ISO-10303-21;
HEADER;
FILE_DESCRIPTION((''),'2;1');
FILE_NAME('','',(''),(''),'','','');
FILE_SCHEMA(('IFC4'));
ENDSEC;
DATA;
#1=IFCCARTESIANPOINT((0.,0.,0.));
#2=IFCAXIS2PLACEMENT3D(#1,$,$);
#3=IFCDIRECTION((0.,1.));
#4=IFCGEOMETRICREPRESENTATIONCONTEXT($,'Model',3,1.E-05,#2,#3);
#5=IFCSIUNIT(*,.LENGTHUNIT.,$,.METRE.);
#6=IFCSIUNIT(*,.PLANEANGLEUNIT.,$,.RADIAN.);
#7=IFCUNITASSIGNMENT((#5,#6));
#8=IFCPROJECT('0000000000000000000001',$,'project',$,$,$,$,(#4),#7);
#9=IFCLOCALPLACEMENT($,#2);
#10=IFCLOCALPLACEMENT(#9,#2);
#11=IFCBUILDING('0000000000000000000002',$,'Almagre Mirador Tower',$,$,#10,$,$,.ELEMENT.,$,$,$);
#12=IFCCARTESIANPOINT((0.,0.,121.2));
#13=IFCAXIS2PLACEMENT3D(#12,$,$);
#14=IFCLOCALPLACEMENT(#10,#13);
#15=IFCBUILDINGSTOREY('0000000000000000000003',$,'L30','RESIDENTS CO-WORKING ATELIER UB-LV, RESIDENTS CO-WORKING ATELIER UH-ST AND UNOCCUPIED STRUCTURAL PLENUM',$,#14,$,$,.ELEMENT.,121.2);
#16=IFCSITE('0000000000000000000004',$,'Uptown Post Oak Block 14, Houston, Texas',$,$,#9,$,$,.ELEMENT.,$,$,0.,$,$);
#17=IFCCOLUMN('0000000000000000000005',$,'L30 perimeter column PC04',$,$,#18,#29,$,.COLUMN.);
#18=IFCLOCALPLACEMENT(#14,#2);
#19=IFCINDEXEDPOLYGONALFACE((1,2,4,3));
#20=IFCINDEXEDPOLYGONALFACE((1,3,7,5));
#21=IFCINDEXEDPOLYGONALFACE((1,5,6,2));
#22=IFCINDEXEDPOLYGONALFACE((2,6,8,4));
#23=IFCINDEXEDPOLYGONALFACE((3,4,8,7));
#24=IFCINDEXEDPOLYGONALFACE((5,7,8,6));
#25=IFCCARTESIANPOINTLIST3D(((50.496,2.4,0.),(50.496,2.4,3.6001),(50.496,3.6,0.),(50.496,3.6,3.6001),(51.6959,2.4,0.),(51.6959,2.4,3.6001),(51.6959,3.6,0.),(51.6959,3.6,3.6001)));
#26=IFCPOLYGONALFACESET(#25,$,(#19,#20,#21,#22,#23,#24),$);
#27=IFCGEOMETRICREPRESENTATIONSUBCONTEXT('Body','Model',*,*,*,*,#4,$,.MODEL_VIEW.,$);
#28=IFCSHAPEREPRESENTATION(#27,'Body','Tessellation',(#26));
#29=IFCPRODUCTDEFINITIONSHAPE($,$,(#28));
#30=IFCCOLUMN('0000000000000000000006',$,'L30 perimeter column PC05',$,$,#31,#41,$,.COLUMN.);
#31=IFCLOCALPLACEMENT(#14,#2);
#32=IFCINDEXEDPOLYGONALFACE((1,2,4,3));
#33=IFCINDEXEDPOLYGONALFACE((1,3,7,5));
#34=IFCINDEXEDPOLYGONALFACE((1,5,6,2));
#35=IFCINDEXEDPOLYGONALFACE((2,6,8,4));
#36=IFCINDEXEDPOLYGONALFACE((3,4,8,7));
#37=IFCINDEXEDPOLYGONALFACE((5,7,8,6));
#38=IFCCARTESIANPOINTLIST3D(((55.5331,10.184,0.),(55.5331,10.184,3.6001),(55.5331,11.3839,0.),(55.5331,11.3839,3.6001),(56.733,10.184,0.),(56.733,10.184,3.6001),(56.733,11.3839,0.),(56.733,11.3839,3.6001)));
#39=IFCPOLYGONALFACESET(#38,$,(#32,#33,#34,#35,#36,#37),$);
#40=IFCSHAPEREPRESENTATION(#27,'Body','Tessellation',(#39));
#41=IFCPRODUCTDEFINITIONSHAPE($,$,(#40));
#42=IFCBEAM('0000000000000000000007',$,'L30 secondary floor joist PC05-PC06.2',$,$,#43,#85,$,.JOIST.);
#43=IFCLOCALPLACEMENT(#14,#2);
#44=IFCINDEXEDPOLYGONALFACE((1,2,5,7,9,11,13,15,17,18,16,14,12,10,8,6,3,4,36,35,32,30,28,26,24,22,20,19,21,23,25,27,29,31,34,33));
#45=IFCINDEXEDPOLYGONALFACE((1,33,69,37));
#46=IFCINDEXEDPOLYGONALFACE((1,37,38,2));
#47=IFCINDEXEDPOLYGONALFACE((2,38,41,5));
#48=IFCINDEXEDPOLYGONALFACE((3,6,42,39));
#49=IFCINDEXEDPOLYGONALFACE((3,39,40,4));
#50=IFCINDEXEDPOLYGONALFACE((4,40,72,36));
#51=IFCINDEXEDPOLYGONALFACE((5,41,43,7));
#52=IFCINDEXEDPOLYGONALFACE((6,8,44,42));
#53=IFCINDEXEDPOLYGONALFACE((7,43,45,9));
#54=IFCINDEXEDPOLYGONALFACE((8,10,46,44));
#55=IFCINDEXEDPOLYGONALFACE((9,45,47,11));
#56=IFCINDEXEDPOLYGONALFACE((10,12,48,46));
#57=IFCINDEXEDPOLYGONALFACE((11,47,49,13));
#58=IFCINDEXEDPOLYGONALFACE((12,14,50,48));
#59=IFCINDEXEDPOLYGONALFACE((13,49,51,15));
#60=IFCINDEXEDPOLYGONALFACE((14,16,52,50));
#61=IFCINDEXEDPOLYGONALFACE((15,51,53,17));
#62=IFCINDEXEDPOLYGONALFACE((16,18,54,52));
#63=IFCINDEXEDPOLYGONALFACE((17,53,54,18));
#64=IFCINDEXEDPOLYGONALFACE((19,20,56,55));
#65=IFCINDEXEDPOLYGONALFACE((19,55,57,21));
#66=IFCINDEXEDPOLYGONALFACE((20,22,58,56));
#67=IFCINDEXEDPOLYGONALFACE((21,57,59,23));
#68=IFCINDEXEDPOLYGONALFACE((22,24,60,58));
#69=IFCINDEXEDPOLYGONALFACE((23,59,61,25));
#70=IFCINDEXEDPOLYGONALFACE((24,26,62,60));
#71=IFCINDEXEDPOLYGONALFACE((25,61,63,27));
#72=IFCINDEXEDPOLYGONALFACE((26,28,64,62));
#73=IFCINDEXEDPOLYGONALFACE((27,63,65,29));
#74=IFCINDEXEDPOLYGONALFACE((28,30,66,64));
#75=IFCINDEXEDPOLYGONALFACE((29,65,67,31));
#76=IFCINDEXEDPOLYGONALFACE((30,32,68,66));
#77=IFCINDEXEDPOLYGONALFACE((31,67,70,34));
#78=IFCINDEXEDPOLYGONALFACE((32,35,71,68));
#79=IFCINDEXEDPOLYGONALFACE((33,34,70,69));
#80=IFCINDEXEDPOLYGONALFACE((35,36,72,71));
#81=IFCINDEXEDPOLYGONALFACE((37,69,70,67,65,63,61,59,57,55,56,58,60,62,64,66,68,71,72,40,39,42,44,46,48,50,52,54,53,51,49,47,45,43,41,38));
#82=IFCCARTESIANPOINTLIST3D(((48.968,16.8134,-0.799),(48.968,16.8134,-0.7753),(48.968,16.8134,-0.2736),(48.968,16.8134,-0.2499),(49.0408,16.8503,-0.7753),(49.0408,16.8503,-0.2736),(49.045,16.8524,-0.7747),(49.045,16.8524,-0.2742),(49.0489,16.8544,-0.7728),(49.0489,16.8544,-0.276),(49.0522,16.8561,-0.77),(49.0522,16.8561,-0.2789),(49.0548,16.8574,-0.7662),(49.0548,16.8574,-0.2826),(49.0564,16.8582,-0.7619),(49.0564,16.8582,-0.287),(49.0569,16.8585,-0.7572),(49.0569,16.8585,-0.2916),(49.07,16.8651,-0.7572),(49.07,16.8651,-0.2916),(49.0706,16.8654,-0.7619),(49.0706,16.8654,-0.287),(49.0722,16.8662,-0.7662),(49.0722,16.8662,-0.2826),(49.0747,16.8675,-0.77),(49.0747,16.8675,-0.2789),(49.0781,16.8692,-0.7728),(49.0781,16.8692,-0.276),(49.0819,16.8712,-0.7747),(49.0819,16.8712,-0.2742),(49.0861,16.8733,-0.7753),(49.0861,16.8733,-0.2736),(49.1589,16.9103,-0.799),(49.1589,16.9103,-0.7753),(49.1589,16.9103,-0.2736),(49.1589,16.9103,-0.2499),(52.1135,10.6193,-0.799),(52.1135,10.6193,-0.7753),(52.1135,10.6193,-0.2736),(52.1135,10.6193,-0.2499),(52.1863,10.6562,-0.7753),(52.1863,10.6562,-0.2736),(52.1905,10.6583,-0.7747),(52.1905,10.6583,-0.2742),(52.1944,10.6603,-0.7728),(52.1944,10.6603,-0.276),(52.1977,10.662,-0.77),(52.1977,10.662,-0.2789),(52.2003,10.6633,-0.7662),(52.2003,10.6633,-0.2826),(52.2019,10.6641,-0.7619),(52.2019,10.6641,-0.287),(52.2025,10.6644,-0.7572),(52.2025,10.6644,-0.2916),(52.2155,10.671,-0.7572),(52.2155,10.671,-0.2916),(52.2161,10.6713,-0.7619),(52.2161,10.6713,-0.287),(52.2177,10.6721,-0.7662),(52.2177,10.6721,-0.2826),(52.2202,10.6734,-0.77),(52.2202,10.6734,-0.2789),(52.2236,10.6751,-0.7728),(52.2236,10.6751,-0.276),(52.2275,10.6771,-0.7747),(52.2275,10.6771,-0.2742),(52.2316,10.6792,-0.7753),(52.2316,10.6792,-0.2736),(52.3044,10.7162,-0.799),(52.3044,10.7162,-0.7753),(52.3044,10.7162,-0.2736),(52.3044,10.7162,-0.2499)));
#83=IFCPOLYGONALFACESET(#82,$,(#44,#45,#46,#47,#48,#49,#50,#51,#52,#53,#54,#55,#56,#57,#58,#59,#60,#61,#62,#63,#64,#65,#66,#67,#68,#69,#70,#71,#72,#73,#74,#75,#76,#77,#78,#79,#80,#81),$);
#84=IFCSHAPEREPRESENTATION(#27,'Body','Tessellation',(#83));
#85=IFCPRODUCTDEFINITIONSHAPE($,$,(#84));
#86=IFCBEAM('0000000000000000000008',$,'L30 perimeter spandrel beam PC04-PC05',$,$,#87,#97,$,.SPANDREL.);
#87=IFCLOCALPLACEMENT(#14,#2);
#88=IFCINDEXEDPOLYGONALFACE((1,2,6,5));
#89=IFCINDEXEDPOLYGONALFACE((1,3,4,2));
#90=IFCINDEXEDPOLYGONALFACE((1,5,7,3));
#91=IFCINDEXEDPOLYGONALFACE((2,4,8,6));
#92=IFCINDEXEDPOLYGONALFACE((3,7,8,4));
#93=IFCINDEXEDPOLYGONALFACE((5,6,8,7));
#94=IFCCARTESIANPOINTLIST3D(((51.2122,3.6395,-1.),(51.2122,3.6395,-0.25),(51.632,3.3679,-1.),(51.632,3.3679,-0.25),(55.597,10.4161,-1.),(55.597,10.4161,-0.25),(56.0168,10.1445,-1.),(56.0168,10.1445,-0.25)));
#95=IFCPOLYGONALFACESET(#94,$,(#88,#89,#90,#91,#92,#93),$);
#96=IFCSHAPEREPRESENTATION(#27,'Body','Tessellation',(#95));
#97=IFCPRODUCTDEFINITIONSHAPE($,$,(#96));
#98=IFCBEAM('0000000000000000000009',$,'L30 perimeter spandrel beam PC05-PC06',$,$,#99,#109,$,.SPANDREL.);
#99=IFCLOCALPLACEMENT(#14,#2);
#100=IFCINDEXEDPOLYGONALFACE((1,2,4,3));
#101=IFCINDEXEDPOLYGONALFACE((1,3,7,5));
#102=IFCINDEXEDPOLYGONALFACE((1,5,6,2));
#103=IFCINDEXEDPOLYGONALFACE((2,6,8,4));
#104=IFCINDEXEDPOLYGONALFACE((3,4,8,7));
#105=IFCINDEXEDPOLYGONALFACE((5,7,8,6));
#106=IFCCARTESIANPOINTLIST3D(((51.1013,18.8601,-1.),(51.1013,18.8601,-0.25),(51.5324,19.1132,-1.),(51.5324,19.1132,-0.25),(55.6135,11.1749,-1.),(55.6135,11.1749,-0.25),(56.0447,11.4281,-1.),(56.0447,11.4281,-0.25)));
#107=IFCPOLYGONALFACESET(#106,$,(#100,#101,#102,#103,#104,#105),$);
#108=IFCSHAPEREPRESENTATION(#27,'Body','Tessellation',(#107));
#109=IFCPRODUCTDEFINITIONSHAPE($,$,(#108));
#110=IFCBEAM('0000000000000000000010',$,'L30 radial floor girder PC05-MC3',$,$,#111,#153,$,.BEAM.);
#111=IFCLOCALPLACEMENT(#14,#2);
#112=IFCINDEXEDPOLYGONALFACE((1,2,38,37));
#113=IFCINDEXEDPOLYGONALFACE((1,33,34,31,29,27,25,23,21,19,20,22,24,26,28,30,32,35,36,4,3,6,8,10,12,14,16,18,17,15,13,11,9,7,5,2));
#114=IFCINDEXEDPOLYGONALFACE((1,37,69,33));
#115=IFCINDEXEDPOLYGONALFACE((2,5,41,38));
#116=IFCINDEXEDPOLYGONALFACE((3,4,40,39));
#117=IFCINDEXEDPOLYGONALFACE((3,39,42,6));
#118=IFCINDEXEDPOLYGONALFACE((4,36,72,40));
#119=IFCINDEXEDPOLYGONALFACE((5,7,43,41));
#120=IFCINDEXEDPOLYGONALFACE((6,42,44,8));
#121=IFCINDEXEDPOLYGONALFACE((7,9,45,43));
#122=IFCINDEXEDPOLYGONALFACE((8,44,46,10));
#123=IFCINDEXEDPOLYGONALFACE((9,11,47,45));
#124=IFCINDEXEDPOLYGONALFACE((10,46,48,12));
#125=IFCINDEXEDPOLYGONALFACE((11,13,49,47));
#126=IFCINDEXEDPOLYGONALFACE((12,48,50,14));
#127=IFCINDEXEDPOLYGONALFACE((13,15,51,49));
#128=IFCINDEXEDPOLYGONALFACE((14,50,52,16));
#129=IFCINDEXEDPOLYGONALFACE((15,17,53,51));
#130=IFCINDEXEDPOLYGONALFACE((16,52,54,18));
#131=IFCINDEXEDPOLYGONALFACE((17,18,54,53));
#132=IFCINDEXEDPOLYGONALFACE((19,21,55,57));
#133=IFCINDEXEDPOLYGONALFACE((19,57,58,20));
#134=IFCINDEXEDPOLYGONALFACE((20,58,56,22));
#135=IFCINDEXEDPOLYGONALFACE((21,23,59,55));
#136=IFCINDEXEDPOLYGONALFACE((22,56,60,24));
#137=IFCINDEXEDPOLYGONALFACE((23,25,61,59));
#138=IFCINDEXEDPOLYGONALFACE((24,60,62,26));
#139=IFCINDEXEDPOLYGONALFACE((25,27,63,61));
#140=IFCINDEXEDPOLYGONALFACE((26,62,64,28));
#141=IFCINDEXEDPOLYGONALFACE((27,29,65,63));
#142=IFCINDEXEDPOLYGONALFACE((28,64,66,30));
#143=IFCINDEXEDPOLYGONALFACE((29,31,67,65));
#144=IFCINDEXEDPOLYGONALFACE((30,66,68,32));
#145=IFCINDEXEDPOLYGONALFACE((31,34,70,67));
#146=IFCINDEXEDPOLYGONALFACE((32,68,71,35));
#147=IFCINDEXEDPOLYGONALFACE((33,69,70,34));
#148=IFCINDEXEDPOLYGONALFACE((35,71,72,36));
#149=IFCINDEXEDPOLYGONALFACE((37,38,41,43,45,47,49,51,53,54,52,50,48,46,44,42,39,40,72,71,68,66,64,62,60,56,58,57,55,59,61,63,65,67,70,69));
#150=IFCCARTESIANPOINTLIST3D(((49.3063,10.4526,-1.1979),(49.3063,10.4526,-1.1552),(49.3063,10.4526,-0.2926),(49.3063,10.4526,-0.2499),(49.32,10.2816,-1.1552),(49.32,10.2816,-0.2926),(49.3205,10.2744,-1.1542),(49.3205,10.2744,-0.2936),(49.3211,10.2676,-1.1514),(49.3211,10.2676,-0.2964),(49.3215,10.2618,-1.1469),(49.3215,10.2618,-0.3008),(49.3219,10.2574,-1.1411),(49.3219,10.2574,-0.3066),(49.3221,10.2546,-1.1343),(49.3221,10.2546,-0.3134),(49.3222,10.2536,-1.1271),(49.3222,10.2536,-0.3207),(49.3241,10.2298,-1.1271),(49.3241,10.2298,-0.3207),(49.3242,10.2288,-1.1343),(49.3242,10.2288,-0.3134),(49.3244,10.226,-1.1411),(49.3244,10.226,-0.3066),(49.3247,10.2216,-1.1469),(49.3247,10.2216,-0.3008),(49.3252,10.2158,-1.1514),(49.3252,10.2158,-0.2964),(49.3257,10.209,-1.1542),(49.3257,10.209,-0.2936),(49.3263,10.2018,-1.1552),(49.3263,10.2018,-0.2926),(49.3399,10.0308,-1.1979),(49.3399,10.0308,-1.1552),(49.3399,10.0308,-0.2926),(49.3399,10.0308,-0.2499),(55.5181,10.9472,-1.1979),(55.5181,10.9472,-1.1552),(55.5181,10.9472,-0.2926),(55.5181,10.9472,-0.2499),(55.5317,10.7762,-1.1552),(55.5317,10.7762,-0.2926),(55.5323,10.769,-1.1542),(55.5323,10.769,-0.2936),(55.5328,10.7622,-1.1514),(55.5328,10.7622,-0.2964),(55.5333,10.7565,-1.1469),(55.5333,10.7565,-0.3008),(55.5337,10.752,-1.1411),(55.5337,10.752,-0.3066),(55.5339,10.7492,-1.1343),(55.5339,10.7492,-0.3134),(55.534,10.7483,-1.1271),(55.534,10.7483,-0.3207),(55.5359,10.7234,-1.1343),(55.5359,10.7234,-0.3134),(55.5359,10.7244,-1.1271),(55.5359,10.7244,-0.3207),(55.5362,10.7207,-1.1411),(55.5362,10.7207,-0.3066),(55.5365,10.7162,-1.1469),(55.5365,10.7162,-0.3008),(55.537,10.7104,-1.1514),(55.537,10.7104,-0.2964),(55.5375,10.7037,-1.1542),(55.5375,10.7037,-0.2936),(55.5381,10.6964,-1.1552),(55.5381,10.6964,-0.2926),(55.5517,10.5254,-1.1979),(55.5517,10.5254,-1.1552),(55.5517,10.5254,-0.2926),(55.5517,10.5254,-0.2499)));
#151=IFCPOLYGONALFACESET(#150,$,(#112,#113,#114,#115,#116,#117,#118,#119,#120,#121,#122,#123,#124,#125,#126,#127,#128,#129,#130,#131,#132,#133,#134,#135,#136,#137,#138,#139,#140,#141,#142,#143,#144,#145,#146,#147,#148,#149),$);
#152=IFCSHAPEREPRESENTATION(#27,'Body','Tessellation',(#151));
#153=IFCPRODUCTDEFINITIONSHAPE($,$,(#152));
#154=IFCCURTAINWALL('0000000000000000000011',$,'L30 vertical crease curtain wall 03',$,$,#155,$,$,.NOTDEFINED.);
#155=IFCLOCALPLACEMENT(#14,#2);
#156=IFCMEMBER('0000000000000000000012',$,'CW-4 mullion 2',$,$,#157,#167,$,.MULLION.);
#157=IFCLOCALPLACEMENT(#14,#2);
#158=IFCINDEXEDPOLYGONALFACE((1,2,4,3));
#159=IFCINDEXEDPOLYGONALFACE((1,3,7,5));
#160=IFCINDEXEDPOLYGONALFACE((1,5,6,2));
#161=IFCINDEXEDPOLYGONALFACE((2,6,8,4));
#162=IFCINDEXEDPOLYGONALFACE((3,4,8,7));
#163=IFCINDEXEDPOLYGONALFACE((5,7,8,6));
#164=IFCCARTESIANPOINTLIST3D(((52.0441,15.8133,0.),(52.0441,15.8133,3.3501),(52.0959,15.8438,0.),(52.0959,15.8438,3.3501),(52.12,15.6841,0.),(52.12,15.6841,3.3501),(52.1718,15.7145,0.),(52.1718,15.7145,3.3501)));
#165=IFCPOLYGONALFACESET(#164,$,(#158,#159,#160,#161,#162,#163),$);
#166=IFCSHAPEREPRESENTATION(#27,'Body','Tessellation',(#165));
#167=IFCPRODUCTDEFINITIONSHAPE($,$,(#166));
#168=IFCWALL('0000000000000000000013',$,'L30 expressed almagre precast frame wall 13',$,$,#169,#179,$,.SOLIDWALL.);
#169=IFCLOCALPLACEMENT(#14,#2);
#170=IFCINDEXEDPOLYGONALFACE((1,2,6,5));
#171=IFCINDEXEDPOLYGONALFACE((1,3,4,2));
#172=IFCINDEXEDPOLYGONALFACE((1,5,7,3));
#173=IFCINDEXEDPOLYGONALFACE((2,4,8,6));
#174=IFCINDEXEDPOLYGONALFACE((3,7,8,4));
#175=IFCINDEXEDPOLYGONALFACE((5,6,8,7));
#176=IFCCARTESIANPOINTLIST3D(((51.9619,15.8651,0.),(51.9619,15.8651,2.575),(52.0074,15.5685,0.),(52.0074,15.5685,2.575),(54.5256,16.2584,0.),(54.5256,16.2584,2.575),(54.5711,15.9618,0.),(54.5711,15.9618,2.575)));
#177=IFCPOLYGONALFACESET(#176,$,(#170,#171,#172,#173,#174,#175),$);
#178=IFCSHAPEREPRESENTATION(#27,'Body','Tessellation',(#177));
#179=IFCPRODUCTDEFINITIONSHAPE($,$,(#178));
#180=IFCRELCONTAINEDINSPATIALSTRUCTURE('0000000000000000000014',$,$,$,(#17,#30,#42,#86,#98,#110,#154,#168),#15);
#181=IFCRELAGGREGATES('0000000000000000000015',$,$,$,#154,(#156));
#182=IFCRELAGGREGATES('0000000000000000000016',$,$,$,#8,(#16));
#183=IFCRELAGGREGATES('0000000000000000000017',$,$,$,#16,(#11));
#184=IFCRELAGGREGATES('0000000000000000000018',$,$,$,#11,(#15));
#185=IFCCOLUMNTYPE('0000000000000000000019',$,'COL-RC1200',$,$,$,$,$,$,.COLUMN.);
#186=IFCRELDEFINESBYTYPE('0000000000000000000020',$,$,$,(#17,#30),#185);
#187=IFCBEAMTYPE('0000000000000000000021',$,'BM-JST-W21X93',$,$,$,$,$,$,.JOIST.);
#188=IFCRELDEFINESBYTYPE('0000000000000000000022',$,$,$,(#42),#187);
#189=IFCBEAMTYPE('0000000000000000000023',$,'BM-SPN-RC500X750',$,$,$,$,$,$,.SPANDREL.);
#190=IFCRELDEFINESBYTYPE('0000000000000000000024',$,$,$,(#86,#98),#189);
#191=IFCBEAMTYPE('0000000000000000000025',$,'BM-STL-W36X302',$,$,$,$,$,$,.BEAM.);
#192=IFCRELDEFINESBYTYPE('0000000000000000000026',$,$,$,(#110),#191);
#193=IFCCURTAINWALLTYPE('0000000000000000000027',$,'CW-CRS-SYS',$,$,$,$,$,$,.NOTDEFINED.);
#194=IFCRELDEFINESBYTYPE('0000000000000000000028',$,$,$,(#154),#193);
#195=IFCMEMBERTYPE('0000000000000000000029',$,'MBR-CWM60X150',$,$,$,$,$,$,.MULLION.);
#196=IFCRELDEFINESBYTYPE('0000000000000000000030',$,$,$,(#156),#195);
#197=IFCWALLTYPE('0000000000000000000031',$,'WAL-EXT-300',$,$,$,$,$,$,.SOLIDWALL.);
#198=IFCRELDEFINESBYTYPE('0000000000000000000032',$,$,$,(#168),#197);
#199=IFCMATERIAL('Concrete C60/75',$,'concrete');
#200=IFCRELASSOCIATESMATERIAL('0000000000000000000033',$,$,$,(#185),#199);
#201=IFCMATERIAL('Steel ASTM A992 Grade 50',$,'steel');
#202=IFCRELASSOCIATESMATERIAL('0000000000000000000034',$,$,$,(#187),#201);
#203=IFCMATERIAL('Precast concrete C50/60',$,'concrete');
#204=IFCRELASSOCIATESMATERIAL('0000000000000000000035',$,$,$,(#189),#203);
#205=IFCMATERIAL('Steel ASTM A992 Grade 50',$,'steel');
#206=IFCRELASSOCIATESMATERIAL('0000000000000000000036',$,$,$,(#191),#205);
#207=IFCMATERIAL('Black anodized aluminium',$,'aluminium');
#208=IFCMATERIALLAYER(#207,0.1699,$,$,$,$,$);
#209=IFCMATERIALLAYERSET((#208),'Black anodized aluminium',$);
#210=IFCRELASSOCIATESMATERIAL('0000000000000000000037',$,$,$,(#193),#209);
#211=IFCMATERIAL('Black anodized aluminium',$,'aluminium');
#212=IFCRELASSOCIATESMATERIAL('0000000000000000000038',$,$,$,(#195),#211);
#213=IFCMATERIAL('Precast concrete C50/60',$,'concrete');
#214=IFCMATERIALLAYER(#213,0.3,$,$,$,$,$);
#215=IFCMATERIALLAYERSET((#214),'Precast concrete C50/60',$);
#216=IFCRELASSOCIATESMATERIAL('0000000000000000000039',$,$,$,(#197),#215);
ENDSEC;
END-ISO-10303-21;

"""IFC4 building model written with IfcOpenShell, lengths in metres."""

from ifc_helpers import new_model, si_unit, direction, frame, frame_2d, origin, origin_2d, place, context, subcontext, project, spatial, rectangle, i_section, extrude, material, layer, layer_set, material_profile, profile_set, type_object, element, aggregate, save


model = new_model("IFC4")

# Units and contexts
model_context = context("Model", 3, precision=1e-05, world=origin(), true_north=direction((0.0, 1.0)))
body_context = subcontext(model_context, "Body", "Model", "MODEL_VIEW")
ifc_project = project(units=[si_unit("LENGTHUNIT", "METRE"), si_unit("PLANEANGLEUNIT", "RADIAN")], contexts=[model_context])

# Site, building, storey
site_placement = place(None, origin())
site = spatial("IfcSite", under=ifc_project, at=site_placement, Name="Uptown Post Oak Block 14, Houston, Texas", CompositionType="ELEMENT", RefElevation=0.0)
building_placement = place(site_placement, origin())
building = spatial("IfcBuilding", under=site, at=building_placement, Name="Almagre Mirador Tower", CompositionType="ELEMENT")
storey_placement = place(building_placement, frame((0.0, 0.0, 121.2)))
storey = spatial("IfcBuildingStorey", under=building, at=storey_placement, Name="L30", Description="RESIDENTS CO-WORKING ATELIER UB-LV, RESIDENTS CO-WORKING ATELIER UH-ST AND UNOCCUPIED STRUCTURAL PLENUM", CompositionType="ELEMENT", Elevation=121.2)

# Columns
ifc_material_1 = material(Name="Concrete C60/75", Category="concrete")
ifc_material_profile_1 = material_profile(ifc_material_1, rectangle(XDim=1.2, YDim=1.2, at=origin_2d()), Name="RC1200X1200")
ifc_profile_set_1 = profile_set([ifc_material_profile_1], Name="Concrete C60/75")
column_type = type_object("IfcColumnType", Name="COL-RC1200", PredefinedType="COLUMN", material=ifc_profile_set_1)
for number, where, z_axis, x_axis, name in (
    (1, (51.0959, 3.0, 0.0), (0.0, 0.0, 1.0), (1.0, 0.0, 0.0), "L30 perimeter column PC04"),
    (2, (56.1331, 10.7839, 0.0), (0.0, 0.0, 1.0), (1.0, 0.0, 0.0), "L30 perimeter column PC05"),
):
    element("IfcColumn", number, at=place(storey_placement, frame(where, z_axis=z_axis, x_axis=x_axis)), inside=storey, type_object=column_type, Name=name, PredefinedType="COLUMN", context=body_context, shape_type="SweptSolid", body=[
        extrude(rectangle(XDim=1.2, YDim=1.2, at=origin_2d()), origin(), (0.0, 0.0, 1.0), 3.6001),
    ])

# Beams
ifc_material_2 = material(Name="Steel ASTM A992 Grade 50", Category="steel")
ifc_material_profile_2 = material_profile(ifc_material_2, i_section(OverallWidth=0.2141, OverallDepth=0.5491, WebThickness=0.0146, FlangeThickness=0.0237, FilletRadius=0.0181, at=origin_2d()), Name="W21X93")
ifc_profile_set_2 = profile_set([ifc_material_profile_2], Name="Steel ASTM A992 Grade 50")
beam_type_1 = type_object("IfcBeamType", Name="BM-JST-W21X93", PredefinedType="JOIST", material=ifc_profile_set_2)
beam_1_placement = place(storey_placement, frame((52.209, 10.6677, -0.5244), z_axis=(-0.452786, 0.891619, 0.0), x_axis=(-0.891619, -0.452786, 0.0)))
element("IfcBeam", 3, at=beam_1_placement, inside=storey, type_object=beam_type_1, Name="L30 secondary floor joist PC05-PC06.2", PredefinedType="JOIST", context=body_context, shape_type="SweptSolid", body=[
    extrude(i_section(OverallWidth=0.2141, OverallDepth=0.5491, WebThickness=0.0146, FlangeThickness=0.0237, FilletRadius=0.0181, at=origin_2d()), origin(), (0.0, 0.0, 1.0), 6.947),
])
ifc_material_3 = material(Name="Precast concrete C50/60", Category="concrete")
ifc_material_profile_3 = material_profile(ifc_material_3, rectangle(XDim=0.5, YDim=0.75, at=origin_2d()), Name="RC500X750")
ifc_profile_set_3 = profile_set([ifc_material_profile_3], Name="Precast concrete C50/60")
beam_type_2 = type_object("IfcBeamType", Name="BM-SPN-RC500X750", PredefinedType="SPANDREL", material=ifc_profile_set_3)
beam_2_placement = place(storey_placement, frame((51.4221, 3.5037, -0.625), z_axis=(0.543242, 0.839576, 0.0), x_axis=(-0.839576, 0.543242, 0.0)))
element("IfcBeam", 4, at=beam_2_placement, inside=storey, type_object=beam_type_2, Name="L30 perimeter spandrel beam PC04-PC05", PredefinedType="SPANDREL", context=body_context, shape_type="SweptSolid", body=[
    extrude(rectangle(XDim=0.5, YDim=0.75, at=origin_2d()), origin(), (0.0, 0.0, 1.0), 8.0715),
])
beam_3_placement = place(storey_placement, frame((55.8291, 11.3015, -0.625), z_axis=(-0.506318, 0.862347, 0.0), x_axis=(-0.862347, -0.506318, 0.0)))
element("IfcBeam", 5, at=beam_3_placement, inside=storey, type_object=beam_type_2, Name="L30 perimeter spandrel beam PC05-PC06", PredefinedType="SPANDREL", context=body_context, shape_type="SweptSolid", body=[
    extrude(rectangle(XDim=0.5, YDim=0.75, at=origin_2d()), origin(), (0.0, 0.0, 1.0), 8.9119),
])
ifc_material_4 = material(Name="Steel ASTM A992 Grade 50", Category="steel")
ifc_material_profile_4 = material_profile(ifc_material_4, i_section(OverallWidth=0.4231, OverallDepth=0.948, WebThickness=0.0239, FlangeThickness=0.0427, FilletRadius=0.0281, at=origin_2d()), Name="W36X302")
ifc_profile_set_4 = profile_set([ifc_material_profile_4], Name="Steel ASTM A992 Grade 50")
beam_type_3 = type_object("IfcBeamType", Name="BM-STL-W36X302", PredefinedType="BEAM", material=ifc_profile_set_4)
beam_4_placement = place(storey_placement, frame((55.5349, 10.7363, -0.7239), z_axis=(-0.996845, -0.079378, 0.0), x_axis=(0.079378, -0.996845, 0.0)))
element("IfcBeam", 6, at=beam_4_placement, inside=storey, type_object=beam_type_3, Name="L30 radial floor girder PC05-MC3", PredefinedType="BEAM", context=body_context, shape_type="SweptSolid", body=[
    extrude(i_section(OverallWidth=0.4231, OverallDepth=0.948, WebThickness=0.0239, FlangeThickness=0.0427, FilletRadius=0.0281, at=origin_2d()), origin(), (0.0, 0.0, 1.0), 6.2314),
])

# Curtain wall, member
ifc_material_5 = material(Name="Black anodized aluminium", Category="aluminium")
ifc_layer_1 = layer(ifc_material_5, 0.1699)
ifc_layer_set_1 = layer_set([ifc_layer_1], Name="Black anodized aluminium")
curtain_wall_type = type_object("IfcCurtainWallType", Name="CW-CRS-SYS", PredefinedType="NOTDEFINED", material=ifc_layer_set_1)
curtain_wall_placement = place(storey_placement, origin())
curtain_wall = element("IfcCurtainWall", 7, at=curtain_wall_placement, inside=storey, type_object=curtain_wall_type, Name="L30 vertical crease curtain wall 03", PredefinedType="NOTDEFINED")
ifc_material_6 = material(Name="Black anodized aluminium", Category="aluminium")
ifc_material_profile_5 = material_profile(ifc_material_6, rectangle(XDim=0.0601, YDim=0.1499, at=origin_2d()), Name="CWM60X150")
ifc_profile_set_5 = profile_set([ifc_material_profile_5], Name="Black anodized aluminium")
member_type = type_object("IfcMemberType", Name="MBR-CWM60X150", PredefinedType="MULLION", material=ifc_profile_set_5)
member_placement = place(storey_placement, frame((52.1079, 15.7639, 0.0), z_axis=(0.0, 0.0, 1.0), x_axis=(0.862352, 0.506309, 0.0)))
member = element("IfcMember", 8, at=member_placement, type_object=member_type, Name="CW-4 mullion 2", PredefinedType="MULLION", context=body_context, shape_type="SweptSolid", body=[
    extrude(rectangle(XDim=0.0601, YDim=0.1499, at=origin_2d()), origin(), (0.0, 0.0, 1.0), 3.3501),
])
aggregate(curtain_wall, [member])

# Wall
ifc_material_7 = material(Name="Precast concrete C50/60", Category="concrete")
ifc_layer_2 = layer(ifc_material_7, 0.3)
ifc_layer_set_2 = layer_set([ifc_layer_2], Name="Precast concrete C50/60")
wall_type_1 = type_object("IfcWallType", Name="WAL-EXT-300", PredefinedType="SOLIDWALL", material=ifc_layer_set_2)
wall_1_placement = place(storey_placement, frame((51.9846, 15.7168, 0.0), z_axis=(0.0, 0.0, 1.0), x_axis=(0.988436, 0.15164, 0.0)))
element("IfcWall", 9, at=wall_1_placement, inside=storey, type_object=wall_type_1, Name="L30 expressed almagre precast frame wall 13", PredefinedType="SOLIDWALL", context=body_context, shape_type="SweptSolid", body=[
    extrude(rectangle(XDim=2.5938, YDim=0.3, at=frame_2d((1.2969, 0.0))), origin(), (0.0, 0.0, 1.0), 2.575),
])

save(model, "model.ifc")
